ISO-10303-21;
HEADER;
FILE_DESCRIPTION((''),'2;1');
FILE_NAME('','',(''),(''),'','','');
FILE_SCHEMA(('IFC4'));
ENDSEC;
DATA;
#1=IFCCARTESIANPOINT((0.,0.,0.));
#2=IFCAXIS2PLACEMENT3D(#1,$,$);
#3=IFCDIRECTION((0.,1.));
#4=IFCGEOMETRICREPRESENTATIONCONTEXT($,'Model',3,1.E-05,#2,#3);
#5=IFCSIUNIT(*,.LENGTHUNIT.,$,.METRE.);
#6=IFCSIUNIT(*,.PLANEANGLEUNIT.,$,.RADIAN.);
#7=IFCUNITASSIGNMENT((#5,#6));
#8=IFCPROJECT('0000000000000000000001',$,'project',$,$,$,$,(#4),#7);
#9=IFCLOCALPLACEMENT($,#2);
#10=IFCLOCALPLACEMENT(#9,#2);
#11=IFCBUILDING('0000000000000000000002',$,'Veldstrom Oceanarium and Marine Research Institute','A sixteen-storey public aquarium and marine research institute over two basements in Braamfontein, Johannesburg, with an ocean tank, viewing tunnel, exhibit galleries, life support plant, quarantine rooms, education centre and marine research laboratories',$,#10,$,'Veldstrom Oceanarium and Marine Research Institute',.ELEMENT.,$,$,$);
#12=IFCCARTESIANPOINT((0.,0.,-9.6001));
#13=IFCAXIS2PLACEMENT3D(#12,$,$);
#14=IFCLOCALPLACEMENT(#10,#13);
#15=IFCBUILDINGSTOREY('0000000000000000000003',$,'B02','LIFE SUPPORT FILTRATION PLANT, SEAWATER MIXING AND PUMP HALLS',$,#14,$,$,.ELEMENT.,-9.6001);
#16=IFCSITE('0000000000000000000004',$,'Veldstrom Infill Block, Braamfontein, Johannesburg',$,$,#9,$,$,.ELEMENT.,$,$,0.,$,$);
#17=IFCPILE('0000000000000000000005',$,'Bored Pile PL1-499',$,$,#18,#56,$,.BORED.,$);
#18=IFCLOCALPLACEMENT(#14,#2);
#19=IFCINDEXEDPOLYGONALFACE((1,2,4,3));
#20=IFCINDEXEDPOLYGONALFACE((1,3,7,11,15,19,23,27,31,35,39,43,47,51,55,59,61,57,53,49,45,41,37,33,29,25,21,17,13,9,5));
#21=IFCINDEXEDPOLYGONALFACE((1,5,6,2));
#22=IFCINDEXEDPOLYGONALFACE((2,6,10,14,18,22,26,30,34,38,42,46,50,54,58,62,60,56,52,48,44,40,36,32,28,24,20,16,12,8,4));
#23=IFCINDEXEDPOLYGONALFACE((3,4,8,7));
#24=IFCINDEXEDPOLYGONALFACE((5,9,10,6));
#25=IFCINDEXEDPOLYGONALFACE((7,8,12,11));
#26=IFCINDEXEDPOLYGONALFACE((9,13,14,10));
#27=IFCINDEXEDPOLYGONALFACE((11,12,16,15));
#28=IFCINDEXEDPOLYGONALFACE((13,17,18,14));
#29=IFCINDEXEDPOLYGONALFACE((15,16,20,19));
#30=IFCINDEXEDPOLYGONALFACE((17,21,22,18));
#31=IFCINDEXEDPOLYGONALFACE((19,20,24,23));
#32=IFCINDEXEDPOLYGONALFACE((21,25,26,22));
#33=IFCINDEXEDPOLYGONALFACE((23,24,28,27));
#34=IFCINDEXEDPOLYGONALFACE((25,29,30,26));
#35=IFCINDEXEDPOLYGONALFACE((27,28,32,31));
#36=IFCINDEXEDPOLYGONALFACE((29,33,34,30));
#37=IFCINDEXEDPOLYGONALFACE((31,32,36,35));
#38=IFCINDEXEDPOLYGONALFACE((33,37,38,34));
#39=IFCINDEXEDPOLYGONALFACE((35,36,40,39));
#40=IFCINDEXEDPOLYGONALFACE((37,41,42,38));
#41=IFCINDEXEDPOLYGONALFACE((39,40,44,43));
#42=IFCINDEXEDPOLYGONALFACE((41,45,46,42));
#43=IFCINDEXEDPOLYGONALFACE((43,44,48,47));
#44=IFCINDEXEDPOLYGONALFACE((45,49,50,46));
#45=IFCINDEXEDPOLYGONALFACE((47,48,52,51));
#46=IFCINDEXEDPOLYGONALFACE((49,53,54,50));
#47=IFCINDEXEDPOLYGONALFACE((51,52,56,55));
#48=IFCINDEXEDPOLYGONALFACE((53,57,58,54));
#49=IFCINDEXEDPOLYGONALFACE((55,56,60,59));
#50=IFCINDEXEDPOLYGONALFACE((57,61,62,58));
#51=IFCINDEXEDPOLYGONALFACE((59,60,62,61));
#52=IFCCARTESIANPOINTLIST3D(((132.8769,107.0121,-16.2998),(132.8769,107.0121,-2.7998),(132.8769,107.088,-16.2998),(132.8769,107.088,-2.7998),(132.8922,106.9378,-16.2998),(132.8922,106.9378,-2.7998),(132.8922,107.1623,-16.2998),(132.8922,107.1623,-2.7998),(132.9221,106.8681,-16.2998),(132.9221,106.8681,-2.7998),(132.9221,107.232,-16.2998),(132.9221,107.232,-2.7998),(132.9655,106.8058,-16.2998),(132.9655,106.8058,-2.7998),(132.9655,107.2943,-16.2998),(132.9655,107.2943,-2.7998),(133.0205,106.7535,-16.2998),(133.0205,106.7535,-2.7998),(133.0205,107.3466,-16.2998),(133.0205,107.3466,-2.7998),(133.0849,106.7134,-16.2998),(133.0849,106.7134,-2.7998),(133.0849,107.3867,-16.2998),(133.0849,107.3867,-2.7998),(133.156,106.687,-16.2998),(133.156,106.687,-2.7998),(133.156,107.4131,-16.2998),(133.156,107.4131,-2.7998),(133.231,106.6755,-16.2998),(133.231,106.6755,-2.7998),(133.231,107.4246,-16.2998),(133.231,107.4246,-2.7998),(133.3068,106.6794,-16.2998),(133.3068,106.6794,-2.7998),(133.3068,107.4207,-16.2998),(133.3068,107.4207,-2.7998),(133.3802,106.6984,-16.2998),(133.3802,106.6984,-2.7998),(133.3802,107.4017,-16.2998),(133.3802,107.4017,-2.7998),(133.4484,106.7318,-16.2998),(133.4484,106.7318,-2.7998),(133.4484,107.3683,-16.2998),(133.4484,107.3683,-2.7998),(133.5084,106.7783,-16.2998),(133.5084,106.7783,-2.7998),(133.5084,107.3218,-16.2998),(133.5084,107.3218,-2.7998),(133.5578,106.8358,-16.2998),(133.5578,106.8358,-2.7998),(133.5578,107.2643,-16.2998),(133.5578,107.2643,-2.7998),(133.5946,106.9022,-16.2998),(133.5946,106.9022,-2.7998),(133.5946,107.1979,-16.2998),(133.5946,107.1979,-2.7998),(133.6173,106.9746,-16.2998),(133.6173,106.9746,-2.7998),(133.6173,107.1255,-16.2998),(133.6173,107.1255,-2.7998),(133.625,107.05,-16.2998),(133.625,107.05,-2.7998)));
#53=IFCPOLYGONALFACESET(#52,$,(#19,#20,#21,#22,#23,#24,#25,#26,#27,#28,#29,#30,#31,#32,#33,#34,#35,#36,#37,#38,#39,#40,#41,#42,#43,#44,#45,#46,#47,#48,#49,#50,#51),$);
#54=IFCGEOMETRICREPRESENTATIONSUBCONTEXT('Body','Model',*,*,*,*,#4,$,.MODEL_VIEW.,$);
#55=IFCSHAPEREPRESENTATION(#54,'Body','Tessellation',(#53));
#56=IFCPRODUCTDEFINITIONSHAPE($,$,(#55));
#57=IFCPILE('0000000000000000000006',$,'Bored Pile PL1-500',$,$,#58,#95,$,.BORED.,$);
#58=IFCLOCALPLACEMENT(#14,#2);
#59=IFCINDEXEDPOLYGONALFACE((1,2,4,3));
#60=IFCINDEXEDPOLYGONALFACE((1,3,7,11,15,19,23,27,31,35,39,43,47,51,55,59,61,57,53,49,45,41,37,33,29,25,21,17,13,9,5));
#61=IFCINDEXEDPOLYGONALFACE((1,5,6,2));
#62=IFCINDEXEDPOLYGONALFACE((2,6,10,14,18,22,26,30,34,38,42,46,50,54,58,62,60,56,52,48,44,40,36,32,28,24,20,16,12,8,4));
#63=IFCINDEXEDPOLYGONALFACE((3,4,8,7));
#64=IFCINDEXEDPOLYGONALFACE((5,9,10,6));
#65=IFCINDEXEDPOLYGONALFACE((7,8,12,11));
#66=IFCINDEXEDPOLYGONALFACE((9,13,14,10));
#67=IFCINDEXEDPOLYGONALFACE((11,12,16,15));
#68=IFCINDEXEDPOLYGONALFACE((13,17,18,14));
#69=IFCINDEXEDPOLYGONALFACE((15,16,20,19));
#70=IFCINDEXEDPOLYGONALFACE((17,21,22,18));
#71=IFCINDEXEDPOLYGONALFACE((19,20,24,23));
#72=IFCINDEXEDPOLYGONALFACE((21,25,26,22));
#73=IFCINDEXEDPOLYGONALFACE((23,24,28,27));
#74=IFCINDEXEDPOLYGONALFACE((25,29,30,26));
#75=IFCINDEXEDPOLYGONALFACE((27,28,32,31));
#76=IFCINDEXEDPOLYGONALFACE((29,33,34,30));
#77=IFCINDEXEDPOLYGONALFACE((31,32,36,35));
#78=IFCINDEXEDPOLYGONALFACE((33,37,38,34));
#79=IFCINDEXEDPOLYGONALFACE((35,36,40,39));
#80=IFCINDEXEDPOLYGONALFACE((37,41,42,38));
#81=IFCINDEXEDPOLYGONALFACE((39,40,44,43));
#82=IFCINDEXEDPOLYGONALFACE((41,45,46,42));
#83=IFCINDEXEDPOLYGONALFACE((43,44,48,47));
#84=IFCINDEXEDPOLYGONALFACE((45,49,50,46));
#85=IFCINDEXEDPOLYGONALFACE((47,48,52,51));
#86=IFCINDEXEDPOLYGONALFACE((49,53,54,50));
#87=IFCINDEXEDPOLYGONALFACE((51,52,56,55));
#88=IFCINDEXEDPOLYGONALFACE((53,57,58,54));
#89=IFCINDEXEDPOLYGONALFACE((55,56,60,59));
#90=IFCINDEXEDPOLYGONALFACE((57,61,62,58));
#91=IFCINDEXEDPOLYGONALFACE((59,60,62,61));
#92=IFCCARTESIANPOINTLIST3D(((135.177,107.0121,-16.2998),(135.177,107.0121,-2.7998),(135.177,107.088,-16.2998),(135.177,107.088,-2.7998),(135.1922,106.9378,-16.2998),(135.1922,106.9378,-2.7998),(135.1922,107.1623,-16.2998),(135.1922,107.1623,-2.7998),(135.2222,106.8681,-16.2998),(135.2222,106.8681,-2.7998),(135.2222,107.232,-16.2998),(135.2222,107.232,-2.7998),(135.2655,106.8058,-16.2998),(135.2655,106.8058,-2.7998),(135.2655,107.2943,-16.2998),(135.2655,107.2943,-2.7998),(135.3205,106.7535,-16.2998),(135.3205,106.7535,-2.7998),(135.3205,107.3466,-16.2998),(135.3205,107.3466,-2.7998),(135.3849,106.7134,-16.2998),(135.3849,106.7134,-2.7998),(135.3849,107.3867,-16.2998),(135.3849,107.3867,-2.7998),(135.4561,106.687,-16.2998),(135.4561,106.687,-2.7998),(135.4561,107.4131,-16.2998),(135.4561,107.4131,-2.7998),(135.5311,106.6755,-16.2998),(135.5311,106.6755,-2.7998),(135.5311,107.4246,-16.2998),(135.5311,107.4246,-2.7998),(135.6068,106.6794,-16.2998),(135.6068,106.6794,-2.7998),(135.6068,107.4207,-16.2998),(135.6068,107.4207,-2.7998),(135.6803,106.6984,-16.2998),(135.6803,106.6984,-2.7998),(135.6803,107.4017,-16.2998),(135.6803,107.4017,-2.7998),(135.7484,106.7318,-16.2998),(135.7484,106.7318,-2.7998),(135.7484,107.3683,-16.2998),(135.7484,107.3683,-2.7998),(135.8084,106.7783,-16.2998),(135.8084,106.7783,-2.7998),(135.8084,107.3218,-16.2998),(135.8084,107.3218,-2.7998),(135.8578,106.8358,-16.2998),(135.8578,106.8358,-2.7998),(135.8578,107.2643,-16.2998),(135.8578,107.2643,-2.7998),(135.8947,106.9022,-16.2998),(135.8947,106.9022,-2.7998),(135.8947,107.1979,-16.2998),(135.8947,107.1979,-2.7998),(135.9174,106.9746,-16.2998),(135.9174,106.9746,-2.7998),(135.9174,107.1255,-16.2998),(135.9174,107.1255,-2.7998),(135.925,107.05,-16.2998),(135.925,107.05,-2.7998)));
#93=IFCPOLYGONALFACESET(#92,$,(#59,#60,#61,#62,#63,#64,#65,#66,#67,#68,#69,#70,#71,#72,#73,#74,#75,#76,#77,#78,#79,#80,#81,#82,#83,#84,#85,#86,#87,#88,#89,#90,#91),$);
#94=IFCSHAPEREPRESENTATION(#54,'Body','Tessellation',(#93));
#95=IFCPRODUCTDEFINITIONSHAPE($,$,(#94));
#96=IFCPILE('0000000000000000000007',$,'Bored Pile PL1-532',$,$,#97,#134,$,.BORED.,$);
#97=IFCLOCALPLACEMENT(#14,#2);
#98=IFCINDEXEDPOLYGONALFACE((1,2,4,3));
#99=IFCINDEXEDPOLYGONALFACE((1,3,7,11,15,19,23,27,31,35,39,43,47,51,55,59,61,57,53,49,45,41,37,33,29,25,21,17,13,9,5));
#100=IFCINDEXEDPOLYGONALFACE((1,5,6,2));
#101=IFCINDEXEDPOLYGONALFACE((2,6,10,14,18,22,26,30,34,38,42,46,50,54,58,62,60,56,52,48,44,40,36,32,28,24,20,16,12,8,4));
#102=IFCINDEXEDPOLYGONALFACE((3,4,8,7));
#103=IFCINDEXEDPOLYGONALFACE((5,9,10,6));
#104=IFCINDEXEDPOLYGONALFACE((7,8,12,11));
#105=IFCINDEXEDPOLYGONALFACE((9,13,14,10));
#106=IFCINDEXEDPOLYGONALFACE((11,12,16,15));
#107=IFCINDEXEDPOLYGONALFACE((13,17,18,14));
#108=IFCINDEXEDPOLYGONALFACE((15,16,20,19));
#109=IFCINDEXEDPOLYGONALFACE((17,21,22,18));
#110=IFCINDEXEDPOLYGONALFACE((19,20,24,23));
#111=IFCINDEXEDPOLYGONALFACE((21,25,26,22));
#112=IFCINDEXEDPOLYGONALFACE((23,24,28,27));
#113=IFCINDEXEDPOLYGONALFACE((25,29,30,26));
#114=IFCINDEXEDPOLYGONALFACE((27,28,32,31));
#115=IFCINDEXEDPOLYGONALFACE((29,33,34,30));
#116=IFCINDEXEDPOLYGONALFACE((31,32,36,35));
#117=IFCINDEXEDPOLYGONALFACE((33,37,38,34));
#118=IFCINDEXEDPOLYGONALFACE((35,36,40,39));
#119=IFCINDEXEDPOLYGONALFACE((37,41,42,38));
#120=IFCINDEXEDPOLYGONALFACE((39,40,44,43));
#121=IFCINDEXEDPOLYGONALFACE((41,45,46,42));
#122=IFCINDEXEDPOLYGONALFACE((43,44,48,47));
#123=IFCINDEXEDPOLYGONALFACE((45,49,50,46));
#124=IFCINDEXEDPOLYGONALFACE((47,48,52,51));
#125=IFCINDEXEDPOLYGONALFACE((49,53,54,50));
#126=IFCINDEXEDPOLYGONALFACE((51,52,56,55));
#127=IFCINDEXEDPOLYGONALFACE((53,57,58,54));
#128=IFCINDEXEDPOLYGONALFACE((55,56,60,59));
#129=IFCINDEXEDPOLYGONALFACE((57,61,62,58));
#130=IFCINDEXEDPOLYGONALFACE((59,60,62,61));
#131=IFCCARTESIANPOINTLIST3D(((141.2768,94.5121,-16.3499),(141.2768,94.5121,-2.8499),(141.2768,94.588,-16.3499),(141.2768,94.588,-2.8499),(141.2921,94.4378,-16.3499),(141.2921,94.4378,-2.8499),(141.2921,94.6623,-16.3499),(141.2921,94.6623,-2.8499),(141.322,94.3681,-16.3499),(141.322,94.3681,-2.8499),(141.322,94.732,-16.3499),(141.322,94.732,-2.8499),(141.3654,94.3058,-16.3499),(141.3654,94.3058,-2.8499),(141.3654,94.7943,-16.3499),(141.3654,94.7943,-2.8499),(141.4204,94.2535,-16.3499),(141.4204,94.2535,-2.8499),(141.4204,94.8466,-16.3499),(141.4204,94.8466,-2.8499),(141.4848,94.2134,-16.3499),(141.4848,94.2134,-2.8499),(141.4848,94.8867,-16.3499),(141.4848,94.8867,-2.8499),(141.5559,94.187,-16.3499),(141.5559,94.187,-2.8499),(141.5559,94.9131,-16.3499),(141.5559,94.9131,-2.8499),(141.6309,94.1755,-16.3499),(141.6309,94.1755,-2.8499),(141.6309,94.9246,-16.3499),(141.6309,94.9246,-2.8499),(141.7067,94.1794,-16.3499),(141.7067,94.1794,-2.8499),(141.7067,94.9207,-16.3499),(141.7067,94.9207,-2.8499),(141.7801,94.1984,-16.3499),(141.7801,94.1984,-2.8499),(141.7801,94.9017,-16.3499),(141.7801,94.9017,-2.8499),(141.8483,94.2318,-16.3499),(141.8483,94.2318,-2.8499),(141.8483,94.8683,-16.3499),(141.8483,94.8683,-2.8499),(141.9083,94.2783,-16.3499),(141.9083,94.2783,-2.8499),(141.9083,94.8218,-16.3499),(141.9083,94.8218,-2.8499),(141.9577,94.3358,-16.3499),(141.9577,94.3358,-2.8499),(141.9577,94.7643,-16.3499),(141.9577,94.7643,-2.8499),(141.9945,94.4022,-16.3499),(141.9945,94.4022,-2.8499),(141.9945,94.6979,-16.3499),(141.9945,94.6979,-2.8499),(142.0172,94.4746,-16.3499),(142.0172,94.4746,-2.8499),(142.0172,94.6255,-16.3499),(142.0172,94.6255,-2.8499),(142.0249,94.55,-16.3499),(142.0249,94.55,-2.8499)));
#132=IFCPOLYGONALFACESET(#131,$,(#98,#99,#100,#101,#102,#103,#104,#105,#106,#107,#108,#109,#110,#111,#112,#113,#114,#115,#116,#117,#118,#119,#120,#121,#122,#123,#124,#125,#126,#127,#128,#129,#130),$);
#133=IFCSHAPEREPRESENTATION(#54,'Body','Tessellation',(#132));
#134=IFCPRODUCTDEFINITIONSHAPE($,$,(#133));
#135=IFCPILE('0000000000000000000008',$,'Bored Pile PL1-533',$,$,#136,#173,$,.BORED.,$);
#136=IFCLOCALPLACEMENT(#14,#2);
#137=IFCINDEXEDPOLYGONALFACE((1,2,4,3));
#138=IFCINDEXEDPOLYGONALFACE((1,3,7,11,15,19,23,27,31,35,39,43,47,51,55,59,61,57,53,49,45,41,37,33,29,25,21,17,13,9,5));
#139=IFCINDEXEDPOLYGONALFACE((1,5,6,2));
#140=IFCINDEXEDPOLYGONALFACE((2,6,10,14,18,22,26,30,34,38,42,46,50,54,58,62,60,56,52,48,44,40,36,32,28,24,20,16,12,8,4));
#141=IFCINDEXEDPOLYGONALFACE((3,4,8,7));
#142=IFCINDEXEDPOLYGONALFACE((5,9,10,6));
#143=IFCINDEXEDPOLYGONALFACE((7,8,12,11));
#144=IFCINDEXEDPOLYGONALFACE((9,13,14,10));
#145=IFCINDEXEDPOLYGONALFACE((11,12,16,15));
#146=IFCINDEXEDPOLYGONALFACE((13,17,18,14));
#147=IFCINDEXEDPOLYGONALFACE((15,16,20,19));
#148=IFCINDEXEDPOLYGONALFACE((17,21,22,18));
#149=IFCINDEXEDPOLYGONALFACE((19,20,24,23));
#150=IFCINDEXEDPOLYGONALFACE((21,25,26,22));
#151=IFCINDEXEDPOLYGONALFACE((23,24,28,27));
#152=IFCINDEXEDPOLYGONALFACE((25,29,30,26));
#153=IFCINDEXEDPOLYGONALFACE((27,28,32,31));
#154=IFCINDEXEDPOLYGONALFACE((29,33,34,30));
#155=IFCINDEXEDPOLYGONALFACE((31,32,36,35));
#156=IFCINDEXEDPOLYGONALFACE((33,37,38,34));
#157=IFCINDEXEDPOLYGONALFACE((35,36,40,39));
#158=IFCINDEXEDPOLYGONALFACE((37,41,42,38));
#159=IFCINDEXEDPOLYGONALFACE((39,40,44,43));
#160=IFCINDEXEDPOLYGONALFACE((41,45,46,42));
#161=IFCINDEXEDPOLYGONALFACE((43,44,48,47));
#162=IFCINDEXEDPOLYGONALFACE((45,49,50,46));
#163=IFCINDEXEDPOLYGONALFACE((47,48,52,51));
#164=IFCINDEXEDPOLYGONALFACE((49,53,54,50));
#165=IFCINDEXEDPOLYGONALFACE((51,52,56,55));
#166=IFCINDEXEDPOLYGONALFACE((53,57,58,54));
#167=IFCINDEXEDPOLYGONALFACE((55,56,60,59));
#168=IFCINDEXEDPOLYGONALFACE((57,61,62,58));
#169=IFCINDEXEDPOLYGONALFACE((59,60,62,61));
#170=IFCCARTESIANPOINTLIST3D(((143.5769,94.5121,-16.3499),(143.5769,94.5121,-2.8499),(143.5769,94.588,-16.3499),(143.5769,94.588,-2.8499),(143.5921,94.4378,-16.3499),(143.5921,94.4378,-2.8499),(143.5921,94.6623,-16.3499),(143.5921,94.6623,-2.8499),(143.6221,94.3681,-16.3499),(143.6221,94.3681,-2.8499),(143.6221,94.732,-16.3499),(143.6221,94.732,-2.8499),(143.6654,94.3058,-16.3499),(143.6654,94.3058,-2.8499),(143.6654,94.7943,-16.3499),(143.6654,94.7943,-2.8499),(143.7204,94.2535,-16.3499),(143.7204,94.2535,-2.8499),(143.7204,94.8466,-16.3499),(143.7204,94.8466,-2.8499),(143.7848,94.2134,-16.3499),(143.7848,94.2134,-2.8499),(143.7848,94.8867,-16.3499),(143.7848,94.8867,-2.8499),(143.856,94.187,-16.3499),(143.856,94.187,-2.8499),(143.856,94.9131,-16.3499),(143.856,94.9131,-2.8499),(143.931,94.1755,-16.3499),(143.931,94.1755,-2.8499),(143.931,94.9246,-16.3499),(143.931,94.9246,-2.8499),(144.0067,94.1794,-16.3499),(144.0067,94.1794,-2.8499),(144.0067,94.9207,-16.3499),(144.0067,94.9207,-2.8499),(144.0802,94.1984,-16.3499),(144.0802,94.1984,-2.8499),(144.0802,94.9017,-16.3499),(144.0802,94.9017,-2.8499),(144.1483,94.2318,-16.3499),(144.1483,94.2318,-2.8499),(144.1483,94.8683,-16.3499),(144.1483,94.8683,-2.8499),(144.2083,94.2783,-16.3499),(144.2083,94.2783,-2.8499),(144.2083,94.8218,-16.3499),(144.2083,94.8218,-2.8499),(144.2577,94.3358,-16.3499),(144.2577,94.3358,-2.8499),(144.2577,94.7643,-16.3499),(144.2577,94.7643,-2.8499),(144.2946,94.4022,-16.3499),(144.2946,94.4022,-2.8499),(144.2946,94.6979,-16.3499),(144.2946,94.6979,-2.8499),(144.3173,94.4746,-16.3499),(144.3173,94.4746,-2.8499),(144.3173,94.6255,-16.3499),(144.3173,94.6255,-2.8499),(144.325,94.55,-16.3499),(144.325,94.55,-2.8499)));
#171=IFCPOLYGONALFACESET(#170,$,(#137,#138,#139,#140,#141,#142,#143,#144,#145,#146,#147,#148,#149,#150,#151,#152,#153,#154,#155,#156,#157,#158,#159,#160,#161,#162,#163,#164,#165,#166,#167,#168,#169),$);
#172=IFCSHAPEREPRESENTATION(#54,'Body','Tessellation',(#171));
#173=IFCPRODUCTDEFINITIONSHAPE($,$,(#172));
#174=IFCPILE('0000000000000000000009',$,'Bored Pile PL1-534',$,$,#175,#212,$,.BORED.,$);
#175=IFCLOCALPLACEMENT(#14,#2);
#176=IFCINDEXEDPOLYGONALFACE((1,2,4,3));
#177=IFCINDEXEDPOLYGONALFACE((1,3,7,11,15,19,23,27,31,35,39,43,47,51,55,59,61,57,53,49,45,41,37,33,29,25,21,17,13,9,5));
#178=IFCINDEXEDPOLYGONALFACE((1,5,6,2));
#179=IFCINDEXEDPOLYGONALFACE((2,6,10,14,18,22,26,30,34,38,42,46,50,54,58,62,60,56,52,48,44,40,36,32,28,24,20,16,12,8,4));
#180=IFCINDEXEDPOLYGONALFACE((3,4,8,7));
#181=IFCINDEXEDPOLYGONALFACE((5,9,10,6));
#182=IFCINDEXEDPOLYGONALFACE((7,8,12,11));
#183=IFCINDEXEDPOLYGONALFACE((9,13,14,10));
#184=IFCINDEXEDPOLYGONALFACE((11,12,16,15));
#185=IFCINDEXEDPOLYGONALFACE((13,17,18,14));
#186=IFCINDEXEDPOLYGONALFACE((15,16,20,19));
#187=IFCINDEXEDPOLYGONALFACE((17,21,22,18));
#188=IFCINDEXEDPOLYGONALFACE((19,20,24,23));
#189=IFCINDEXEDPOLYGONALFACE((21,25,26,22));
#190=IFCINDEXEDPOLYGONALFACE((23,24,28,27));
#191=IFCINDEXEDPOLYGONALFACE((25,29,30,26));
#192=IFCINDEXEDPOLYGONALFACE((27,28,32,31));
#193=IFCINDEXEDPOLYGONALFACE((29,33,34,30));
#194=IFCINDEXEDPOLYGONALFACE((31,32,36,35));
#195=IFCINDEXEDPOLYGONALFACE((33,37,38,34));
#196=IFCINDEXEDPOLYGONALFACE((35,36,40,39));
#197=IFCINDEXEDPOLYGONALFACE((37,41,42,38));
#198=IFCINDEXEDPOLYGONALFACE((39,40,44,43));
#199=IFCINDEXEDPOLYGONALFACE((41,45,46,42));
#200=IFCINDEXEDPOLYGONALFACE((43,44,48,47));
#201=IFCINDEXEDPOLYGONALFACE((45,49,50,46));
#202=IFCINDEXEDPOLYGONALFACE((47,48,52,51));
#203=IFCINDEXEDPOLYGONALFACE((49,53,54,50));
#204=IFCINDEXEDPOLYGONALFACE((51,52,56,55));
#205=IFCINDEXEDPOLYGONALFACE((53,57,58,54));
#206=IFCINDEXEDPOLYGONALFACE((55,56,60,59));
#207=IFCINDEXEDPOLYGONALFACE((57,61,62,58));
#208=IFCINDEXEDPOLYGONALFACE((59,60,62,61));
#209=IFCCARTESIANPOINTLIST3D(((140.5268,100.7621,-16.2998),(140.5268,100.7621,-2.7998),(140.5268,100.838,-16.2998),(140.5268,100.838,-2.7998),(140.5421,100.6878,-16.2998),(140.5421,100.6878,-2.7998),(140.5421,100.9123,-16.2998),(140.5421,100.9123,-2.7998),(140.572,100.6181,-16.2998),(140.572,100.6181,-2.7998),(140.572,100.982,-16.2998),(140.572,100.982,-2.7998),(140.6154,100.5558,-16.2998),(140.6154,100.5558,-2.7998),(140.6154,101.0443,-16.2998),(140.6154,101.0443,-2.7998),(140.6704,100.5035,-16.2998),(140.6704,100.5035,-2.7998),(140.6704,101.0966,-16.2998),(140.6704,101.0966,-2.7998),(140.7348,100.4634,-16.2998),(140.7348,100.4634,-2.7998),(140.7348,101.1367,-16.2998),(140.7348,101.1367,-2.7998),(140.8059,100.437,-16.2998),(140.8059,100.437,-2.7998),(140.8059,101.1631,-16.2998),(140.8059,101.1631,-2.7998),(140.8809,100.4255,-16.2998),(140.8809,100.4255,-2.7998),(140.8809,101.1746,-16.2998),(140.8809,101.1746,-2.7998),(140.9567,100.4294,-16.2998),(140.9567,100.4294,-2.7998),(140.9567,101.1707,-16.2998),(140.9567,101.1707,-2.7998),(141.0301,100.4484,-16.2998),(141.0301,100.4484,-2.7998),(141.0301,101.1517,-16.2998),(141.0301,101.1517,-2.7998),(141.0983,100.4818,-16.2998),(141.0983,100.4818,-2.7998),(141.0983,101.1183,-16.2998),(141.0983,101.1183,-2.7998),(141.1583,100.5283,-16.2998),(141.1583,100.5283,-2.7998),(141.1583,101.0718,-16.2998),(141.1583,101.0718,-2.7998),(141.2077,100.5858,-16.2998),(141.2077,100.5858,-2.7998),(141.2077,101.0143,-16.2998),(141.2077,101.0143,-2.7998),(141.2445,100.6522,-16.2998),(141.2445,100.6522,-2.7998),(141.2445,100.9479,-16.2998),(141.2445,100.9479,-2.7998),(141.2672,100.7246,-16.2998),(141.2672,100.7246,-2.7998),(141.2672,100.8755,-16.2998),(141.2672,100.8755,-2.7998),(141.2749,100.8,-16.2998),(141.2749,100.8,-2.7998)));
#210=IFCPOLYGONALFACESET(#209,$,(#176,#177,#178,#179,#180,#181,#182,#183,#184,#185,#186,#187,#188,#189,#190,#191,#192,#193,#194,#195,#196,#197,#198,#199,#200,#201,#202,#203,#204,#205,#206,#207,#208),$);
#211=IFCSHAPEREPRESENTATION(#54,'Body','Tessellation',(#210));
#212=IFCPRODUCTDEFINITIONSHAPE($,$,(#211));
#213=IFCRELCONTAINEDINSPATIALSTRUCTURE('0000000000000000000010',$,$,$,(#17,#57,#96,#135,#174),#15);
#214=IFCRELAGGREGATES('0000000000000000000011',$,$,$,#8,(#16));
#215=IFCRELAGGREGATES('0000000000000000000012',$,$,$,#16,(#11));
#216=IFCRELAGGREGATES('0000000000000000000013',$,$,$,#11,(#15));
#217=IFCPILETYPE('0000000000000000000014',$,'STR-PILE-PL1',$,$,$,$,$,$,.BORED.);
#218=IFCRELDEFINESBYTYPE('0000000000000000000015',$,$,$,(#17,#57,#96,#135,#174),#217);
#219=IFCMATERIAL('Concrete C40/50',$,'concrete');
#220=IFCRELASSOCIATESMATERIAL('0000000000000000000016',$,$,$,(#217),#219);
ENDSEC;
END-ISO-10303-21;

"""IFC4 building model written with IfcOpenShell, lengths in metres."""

from ifc_helpers import new_model, si_unit, direction, frame, origin, origin_2d, place, context, subcontext, project, spatial, circle, extrude, material, material_profile, profile_set, type_object, element, save


model = new_model("IFC4")

# Units and contexts
model_context = context("Model", 3, precision=1e-05, world=origin(), true_north=direction((0.0, 1.0)))
body_context = subcontext(model_context, "Body", "Model", "MODEL_VIEW")
ifc_project = project(units=[si_unit("LENGTHUNIT", "METRE"), si_unit("PLANEANGLEUNIT", "RADIAN")], contexts=[model_context])

# Site, building, storey
site_placement = place(None, origin())
site = spatial("IfcSite", under=ifc_project, at=site_placement, Name="Veldstrom Infill Block, Braamfontein, Johannesburg", CompositionType="ELEMENT", RefElevation=0.0)
building_placement = place(site_placement, origin())
building = spatial("IfcBuilding", under=site, at=building_placement, Name="Veldstrom Oceanarium and Marine Research Institute", Description="A sixteen-storey public aquarium and marine research institute over two basements in Braamfontein, Johannesburg, with an ocean tank, viewing tunnel, exhibit galleries, life support plant, quarantine rooms, education centre and marine research laboratories", LongName="Veldstrom Oceanarium and Marine Research Institute", CompositionType="ELEMENT")
storey_placement = place(building_placement, frame((0.0, 0.0, -9.6001)))
storey = spatial("IfcBuildingStorey", under=building, at=storey_placement, Name="B02", Description="LIFE SUPPORT FILTRATION PLANT, SEAWATER MIXING AND PUMP HALLS", CompositionType="ELEMENT", Elevation=-9.6001)

# Piles
ifc_material_1 = material(Name="Concrete C40/50", Category="concrete")
ifc_material_profile_1 = material_profile(ifc_material_1, circle(Radius=0.375, at=origin_2d()), Name="PILE-D750")
ifc_profile_set_1 = profile_set([ifc_material_profile_1], Name="Concrete C40/50")
pile_type = type_object("IfcPileType", Name="STR-PILE-PL1", PredefinedType="BORED", material=ifc_profile_set_1)
for number, where, z_axis, x_axis, name in (
    (1, (133.25, 107.05, -2.7998), (0.0, 0.0, -1.0), (1.0, 0.0, 0.0), "Bored Pile PL1-499"),
    (2, (135.55, 107.05, -2.7998), (0.0, 0.0, -1.0), (1.0, 0.0, 0.0), "Bored Pile PL1-500"),
    (3, (141.6499, 94.55, -2.8499), (0.0, 0.0, -1.0), (1.0, 0.0, 0.0), "Bored Pile PL1-532"),
    (4, (143.95, 94.55, -2.8499), (0.0, 0.0, -1.0), (1.0, 0.0, 0.0), "Bored Pile PL1-533"),
    (5, (140.8999, 100.8, -2.7998), (0.0, 0.0, -1.0), (1.0, 0.0, 0.0), "Bored Pile PL1-534"),
):
    element("IfcPile", number, at=place(storey_placement, frame(where, z_axis=z_axis, x_axis=x_axis)), inside=storey, type_object=pile_type, Name=name, PredefinedType="BORED", context=body_context, shape_type="SweptSolid", body=[
        extrude(circle(Radius=0.375, at=origin_2d()), origin(), (0.0, 0.0, 1.0), 13.5),
    ])

save(model, "model.ifc")
